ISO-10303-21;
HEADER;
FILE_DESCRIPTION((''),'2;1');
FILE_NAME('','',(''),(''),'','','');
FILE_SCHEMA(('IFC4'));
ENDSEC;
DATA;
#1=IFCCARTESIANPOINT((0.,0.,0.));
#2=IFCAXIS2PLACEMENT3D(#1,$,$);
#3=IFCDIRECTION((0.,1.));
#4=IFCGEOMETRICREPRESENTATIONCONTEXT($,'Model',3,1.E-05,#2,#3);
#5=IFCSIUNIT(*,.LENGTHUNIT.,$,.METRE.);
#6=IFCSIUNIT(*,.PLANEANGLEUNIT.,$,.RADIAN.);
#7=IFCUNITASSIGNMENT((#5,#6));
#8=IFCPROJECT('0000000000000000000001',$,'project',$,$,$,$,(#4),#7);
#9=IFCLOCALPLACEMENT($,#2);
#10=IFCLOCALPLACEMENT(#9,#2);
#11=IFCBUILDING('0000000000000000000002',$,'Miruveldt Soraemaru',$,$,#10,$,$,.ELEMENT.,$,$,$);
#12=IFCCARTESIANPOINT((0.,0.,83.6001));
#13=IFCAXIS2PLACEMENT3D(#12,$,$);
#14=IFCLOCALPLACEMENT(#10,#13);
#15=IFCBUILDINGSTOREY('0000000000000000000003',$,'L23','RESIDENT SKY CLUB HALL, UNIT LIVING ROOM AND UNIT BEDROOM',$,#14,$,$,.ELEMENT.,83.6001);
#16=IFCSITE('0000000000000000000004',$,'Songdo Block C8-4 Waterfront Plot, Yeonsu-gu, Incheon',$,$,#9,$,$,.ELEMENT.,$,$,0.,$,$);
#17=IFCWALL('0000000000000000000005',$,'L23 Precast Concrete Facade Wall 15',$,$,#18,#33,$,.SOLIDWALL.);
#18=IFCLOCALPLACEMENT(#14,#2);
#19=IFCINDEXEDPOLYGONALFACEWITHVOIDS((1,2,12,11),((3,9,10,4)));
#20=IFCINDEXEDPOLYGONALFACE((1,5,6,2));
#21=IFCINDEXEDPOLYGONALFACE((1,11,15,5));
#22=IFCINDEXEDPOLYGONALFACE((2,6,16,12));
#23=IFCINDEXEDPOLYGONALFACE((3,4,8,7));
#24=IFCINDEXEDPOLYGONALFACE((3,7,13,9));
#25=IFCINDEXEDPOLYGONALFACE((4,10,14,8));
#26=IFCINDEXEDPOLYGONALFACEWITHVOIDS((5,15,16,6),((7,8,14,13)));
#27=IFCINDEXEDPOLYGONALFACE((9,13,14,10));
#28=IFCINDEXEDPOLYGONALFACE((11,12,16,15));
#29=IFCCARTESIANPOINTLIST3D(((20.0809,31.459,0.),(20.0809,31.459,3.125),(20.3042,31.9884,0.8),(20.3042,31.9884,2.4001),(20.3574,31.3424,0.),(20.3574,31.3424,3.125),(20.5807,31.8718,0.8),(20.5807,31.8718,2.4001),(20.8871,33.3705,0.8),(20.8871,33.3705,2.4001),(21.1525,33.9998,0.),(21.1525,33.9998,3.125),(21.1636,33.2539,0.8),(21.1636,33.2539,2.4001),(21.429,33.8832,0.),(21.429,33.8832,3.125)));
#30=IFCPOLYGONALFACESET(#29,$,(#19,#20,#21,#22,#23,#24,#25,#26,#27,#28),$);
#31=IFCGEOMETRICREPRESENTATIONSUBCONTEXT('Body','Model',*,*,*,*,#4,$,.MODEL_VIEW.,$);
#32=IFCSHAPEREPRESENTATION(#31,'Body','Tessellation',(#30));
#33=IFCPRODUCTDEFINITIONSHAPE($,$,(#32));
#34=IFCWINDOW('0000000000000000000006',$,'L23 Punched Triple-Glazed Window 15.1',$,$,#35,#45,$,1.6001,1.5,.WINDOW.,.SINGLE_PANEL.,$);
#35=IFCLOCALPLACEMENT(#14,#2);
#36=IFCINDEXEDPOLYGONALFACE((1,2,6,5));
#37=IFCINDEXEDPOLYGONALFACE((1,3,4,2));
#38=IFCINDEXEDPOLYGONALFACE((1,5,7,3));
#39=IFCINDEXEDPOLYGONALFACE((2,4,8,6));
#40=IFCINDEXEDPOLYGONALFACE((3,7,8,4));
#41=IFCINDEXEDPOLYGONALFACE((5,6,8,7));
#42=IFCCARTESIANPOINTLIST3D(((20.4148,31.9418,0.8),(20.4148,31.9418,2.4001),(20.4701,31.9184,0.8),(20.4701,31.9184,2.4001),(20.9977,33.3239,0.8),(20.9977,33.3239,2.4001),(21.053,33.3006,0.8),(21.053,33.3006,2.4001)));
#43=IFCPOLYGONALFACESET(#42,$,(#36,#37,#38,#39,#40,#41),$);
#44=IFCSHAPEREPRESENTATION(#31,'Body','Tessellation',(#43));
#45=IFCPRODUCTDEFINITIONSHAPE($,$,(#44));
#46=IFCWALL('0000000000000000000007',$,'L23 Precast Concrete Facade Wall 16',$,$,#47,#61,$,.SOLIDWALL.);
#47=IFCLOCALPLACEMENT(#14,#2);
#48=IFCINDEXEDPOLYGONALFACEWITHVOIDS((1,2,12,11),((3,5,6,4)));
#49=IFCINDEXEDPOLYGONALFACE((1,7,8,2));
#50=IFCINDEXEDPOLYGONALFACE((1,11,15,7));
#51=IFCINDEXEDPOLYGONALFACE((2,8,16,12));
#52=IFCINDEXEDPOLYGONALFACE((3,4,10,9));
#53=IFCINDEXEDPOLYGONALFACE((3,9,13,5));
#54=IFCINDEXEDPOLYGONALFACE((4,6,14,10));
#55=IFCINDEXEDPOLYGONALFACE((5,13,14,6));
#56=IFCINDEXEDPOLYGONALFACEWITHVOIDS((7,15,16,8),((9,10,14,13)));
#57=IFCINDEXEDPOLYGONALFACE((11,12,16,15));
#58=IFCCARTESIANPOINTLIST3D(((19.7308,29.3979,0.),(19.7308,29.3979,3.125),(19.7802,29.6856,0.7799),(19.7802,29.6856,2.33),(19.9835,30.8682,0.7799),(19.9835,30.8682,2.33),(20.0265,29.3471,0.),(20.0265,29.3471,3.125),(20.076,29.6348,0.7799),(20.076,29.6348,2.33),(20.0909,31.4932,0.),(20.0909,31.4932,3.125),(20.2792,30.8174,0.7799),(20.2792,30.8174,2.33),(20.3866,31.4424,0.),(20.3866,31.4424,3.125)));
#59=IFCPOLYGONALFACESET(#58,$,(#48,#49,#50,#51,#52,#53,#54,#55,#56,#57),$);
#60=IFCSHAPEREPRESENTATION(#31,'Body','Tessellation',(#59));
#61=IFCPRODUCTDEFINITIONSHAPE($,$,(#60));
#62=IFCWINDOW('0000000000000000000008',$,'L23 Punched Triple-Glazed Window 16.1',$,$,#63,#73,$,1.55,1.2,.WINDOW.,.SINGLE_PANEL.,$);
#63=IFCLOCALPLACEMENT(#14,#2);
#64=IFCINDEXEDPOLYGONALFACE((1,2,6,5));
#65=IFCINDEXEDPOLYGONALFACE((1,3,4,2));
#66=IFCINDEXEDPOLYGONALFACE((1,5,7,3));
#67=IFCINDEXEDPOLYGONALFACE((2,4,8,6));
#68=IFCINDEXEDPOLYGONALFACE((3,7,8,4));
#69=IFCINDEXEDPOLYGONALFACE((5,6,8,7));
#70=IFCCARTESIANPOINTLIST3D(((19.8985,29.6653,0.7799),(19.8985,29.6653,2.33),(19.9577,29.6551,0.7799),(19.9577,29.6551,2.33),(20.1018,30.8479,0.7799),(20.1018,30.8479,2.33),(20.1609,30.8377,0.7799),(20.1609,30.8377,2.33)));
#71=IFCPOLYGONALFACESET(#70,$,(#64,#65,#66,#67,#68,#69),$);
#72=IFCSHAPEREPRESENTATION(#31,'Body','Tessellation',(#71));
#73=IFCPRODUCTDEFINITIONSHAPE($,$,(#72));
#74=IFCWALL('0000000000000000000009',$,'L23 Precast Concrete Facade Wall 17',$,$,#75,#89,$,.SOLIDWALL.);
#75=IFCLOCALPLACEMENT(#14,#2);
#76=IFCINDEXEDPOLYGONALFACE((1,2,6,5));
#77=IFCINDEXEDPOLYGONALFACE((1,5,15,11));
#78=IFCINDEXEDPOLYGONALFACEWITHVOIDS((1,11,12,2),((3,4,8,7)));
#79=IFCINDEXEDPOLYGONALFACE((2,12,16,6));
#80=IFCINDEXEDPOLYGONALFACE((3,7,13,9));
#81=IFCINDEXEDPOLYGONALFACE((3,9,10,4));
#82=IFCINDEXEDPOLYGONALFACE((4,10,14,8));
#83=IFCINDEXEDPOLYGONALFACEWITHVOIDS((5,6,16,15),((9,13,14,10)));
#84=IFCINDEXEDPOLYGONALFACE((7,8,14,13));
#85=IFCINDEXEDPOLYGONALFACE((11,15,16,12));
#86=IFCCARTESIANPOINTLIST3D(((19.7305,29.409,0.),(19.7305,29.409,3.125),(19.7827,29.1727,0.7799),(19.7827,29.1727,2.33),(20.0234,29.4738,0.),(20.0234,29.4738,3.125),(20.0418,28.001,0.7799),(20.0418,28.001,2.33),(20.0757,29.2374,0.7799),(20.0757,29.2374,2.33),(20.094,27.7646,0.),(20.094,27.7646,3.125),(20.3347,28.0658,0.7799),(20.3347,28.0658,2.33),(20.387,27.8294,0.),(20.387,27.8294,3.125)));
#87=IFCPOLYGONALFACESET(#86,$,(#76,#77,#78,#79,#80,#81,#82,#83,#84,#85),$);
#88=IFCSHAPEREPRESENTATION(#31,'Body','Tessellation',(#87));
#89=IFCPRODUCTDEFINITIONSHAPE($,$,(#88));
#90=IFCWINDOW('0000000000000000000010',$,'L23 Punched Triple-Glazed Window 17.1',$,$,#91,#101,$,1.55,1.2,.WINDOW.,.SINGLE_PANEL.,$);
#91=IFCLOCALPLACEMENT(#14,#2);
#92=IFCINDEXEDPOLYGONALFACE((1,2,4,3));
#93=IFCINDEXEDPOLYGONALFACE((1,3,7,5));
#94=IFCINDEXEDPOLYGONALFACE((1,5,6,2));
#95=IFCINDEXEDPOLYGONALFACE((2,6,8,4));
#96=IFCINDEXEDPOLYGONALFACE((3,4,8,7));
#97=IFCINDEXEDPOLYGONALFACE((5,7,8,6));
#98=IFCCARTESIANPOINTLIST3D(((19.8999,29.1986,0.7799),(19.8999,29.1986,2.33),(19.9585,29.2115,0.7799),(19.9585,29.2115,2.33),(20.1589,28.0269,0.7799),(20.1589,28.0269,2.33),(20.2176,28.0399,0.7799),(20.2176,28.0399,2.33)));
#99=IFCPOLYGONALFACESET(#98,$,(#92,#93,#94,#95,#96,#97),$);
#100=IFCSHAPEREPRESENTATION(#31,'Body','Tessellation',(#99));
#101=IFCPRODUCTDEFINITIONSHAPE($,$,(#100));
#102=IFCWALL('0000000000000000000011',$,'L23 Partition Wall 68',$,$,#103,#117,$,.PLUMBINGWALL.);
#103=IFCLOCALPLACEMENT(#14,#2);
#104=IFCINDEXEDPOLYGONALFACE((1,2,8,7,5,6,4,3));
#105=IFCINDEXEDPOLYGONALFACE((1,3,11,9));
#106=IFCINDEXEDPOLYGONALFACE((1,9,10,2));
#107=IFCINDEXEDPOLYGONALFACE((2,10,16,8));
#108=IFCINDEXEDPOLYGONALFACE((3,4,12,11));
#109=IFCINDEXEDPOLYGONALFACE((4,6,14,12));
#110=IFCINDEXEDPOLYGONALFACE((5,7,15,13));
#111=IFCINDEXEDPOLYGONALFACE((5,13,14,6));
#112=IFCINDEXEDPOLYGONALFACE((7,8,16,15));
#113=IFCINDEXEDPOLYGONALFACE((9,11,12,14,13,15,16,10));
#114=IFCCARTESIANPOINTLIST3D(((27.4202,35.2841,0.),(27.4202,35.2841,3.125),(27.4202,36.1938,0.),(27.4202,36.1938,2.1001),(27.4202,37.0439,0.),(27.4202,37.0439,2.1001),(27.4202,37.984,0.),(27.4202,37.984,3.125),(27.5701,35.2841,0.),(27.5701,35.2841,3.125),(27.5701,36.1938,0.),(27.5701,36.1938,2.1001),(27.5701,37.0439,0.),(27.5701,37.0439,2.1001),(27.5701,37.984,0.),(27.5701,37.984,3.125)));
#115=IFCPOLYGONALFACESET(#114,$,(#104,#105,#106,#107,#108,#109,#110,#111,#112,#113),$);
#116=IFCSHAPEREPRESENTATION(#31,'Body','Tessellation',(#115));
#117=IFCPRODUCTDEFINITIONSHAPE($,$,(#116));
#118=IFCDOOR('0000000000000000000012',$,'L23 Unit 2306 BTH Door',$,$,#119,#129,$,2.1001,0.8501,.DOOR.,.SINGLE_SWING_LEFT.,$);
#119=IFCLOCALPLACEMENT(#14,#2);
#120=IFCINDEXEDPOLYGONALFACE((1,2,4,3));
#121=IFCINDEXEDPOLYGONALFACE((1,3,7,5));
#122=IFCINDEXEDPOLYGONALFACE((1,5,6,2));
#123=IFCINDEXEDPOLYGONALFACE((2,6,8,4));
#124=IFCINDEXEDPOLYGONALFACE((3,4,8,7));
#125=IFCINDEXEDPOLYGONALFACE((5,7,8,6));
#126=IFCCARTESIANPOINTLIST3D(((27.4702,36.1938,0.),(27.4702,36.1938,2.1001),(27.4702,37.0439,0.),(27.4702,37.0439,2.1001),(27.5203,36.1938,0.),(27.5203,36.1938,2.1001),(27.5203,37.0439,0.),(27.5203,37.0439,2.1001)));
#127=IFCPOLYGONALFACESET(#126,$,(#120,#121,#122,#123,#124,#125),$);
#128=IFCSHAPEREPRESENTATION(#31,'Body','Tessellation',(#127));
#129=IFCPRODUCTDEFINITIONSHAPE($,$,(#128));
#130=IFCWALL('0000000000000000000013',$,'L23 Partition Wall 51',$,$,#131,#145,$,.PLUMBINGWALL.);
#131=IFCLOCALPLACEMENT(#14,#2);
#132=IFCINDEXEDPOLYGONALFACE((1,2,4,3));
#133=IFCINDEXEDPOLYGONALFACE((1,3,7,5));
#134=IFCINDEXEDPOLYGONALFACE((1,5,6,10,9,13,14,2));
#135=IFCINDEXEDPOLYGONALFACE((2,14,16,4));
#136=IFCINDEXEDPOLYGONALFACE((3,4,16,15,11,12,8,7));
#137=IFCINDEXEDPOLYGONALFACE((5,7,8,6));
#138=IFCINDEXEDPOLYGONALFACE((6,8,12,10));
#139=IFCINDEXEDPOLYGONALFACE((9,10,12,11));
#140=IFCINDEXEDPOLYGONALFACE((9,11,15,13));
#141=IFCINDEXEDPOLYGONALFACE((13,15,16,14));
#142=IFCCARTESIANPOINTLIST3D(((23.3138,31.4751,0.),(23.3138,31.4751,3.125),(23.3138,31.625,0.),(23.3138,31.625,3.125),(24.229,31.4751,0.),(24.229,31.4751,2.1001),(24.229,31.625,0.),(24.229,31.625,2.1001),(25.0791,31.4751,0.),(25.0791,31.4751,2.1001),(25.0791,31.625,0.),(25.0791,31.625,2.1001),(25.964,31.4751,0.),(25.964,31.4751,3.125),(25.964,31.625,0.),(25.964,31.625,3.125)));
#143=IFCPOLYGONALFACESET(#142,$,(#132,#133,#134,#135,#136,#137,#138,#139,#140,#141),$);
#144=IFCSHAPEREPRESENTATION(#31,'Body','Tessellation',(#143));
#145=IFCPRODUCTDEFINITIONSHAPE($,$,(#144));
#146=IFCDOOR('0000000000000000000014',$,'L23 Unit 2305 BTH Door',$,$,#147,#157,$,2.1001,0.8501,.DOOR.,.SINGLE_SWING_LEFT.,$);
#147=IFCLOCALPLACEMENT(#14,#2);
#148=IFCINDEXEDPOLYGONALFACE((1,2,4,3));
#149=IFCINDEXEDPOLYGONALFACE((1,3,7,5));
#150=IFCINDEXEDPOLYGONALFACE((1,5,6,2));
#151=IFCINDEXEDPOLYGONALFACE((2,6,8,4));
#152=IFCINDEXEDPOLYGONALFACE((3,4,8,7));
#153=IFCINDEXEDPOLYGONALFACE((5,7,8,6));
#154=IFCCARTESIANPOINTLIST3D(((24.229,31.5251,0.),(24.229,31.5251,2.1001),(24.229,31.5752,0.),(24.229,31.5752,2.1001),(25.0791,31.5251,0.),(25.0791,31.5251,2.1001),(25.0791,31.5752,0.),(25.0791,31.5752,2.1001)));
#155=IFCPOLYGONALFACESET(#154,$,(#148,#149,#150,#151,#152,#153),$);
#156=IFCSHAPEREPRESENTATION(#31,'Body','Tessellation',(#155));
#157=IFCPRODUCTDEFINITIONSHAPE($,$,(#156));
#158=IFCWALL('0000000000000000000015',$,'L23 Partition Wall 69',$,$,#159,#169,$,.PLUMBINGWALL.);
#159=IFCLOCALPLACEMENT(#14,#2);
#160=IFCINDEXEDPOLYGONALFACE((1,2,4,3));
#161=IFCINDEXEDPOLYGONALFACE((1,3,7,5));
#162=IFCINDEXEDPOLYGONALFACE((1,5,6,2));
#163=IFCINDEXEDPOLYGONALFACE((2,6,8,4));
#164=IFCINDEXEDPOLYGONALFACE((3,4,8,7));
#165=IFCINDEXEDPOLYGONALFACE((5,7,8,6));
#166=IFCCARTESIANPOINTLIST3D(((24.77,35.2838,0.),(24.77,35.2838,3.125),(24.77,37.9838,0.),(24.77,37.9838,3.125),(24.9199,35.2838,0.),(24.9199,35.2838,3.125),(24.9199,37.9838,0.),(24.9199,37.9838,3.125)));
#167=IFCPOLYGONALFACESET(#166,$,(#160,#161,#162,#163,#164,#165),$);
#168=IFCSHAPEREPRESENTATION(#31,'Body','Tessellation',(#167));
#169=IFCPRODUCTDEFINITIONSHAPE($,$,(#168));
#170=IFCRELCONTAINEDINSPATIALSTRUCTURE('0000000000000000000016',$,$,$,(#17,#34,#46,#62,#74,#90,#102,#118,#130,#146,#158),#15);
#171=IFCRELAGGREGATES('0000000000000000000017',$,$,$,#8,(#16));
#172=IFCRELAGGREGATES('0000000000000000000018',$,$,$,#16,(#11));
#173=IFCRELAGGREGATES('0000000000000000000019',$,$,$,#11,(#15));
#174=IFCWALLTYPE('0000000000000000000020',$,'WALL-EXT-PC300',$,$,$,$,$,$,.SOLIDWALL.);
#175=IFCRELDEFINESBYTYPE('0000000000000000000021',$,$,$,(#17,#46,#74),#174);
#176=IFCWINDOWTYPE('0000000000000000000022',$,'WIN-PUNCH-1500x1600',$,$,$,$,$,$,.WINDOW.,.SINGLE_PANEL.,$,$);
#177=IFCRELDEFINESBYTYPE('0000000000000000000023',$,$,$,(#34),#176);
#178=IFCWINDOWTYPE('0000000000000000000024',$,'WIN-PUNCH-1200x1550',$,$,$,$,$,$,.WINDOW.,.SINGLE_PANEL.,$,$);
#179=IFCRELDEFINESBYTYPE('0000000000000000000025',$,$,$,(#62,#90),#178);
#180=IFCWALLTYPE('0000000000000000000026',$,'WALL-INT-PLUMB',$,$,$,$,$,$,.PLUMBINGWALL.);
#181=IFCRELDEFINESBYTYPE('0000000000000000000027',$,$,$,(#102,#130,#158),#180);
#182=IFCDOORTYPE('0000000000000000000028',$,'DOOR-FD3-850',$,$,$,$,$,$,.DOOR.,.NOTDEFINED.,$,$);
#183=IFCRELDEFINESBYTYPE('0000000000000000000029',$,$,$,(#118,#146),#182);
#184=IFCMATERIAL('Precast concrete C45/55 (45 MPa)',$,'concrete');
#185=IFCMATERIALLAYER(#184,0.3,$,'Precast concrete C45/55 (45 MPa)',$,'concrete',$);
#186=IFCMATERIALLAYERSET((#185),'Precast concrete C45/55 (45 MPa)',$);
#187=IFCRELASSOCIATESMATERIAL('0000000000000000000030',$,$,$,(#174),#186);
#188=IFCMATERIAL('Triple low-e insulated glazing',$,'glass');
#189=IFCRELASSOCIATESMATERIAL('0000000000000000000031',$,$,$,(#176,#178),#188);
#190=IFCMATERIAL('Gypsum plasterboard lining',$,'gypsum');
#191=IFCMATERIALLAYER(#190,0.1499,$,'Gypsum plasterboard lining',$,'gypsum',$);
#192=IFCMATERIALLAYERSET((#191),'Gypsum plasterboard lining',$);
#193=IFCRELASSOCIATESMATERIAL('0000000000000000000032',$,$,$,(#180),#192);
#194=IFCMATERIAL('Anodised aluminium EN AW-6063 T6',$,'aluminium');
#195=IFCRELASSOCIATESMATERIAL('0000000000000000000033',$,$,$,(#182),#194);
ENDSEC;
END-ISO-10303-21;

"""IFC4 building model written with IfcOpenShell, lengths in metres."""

from ifc_helpers import new_model, si_unit, direction, frame, frame_2d, origin, place, context, subcontext, project, spatial, rectangle, extrude, material, layer, layer_set, type_object, element, fill, save


model = new_model("IFC4")

# Units and contexts
model_context = context("Model", 3, precision=1e-05, world=origin(), true_north=direction((0.0, 1.0)))
body_context = subcontext(model_context, "Body", "Model", "MODEL_VIEW")
ifc_project = project(units=[si_unit("LENGTHUNIT", "METRE"), si_unit("PLANEANGLEUNIT", "RADIAN")], contexts=[model_context])

# Site, building, storey
site_placement = place(None, origin())
site = spatial("IfcSite", under=ifc_project, at=site_placement, Name="Songdo Block C8-4 Waterfront Plot, Yeonsu-gu, Incheon", CompositionType="ELEMENT", RefElevation=0.0)
building_placement = place(site_placement, origin())
building = spatial("IfcBuilding", under=site, at=building_placement, Name="Miruveldt Soraemaru", CompositionType="ELEMENT")
storey_placement = place(building_placement, frame((0.0, 0.0, 83.6001)))
storey = spatial("IfcBuildingStorey", under=building, at=storey_placement, Name="L23", Description="RESIDENT SKY CLUB HALL, UNIT LIVING ROOM AND UNIT BEDROOM", CompositionType="ELEMENT", Elevation=83.6001)

# Shared definitions
ifc_material_1 = material(Name="Anodised aluminium EN AW-6063 T6", Category="aluminium")

# Walls, openings, windows
ifc_material_2 = material(Name="Precast concrete C45/55 (45 MPa)", Category="concrete")
ifc_layer_1 = layer(ifc_material_2, 0.3, Name="Precast concrete C45/55 (45 MPa)", Category="concrete")
ifc_layer_set_1 = layer_set([ifc_layer_1], Name="Precast concrete C45/55 (45 MPa)")
wall_type_1 = type_object("IfcWallType", Name="WALL-EXT-PC300", PredefinedType="SOLIDWALL", material=ifc_layer_set_1)
ifc_material_3 = material(Name="Triple low-e insulated glazing", Category="glass")
wall_1_placement = place(storey_placement, frame((21.2908, 33.9417, 0.0), z_axis=(0.0, 0.0, 1.0), x_axis=(-0.388591, -0.92141, 0.0)))
wall_1 = element("IfcWall", 1, at=wall_1_placement, inside=storey, type_object=wall_type_1, Name="L23 Precast Concrete Facade Wall 15", PredefinedType="SOLIDWALL", context=body_context, shape_type="SweptSolid", body=[
    extrude(rectangle(XDim=2.7576, YDim=0.3, at=frame_2d((1.3789, 0.0))), origin(), (0.0, 0.0, 1.0), 3.125),
])
opening_1_placement = place(wall_1_placement, frame((0.6831, 0.0, 0.8)))
opening_1 = element("IfcOpeningElement", 2, at=opening_1_placement, cuts=wall_1, PredefinedType="OPENING", context=body_context, shape_type="SweptSolid", body=[
    extrude(rectangle(XDim=1.5, YDim=1.6001, at=frame_2d((0.75, 0.8))), frame((0.0, 0.1602, 0.0), z_axis=(0.0, -1.0, 0.0), x_axis=(1.0, 0.0, 0.0)), (0.0, 0.0, 1.0), 0.3201),
])
window_type_1 = type_object("IfcWindowType", Name="WIN-PUNCH-1500x1600", PartitioningType="SINGLE_PANEL", PredefinedType="WINDOW", material=ifc_material_3)
window_1_placement = place(opening_1_placement, origin())
window_1 = element("IfcWindow", 3, at=window_1_placement, inside=storey, type_object=window_type_1, Name="L23 Punched Triple-Glazed Window 15.1", OverallHeight=1.6001, OverallWidth=1.5, PartitioningType="SINGLE_PANEL", PredefinedType="WINDOW", context=body_context, shape_type="SweptSolid", body=[
    extrude(rectangle(XDim=1.5, YDim=1.6001, at=frame_2d((0.75, 0.8))), frame((0.0, 0.03, 0.0), z_axis=(0.0, -1.0, 0.0), x_axis=(1.0, 0.0, 0.0)), (0.0, 0.0, 1.0), 0.0601),
])
fill(opening_1, window_1)
wall_2_placement = place(storey_placement, frame((20.2388, 31.4678, 0.0), z_axis=(0.0, 0.0, 1.0), x_axis=(-0.169388, -0.985549, 0.0)))
wall_2 = element("IfcWall", 4, at=wall_2_placement, inside=storey, type_object=wall_type_1, Name="L23 Precast Concrete Facade Wall 16", PredefinedType="SOLIDWALL", context=body_context, shape_type="SweptSolid", body=[
    extrude(rectangle(XDim=2.126, YDim=0.3, at=frame_2d((1.063, 0.0))), origin(), (0.0, 0.0, 1.0), 3.125),
])
opening_2_placement = place(wall_2_placement, frame((0.634, 0.0, 0.78)))
opening_2 = element("IfcOpeningElement", 5, at=opening_2_placement, cuts=wall_2, PredefinedType="OPENING", context=body_context, shape_type="SweptSolid", body=[
    extrude(rectangle(XDim=1.2, YDim=1.55, at=frame_2d((0.6001, 0.7749))), frame((0.0, 0.1602, 0.0), z_axis=(0.0, -1.0, 0.0), x_axis=(1.0, 0.0, 0.0)), (0.0, 0.0, 1.0), 0.3201),
])
window_type_2 = type_object("IfcWindowType", Name="WIN-PUNCH-1200x1550", PartitioningType="SINGLE_PANEL", PredefinedType="WINDOW", material=ifc_material_3)
window_2_placement = place(opening_2_placement, origin())
window_2 = element("IfcWindow", 6, at=window_2_placement, inside=storey, type_object=window_type_2, Name="L23 Punched Triple-Glazed Window 16.1", OverallHeight=1.55, OverallWidth=1.2, PartitioningType="SINGLE_PANEL", PredefinedType="WINDOW", context=body_context, shape_type="SweptSolid", body=[
    extrude(rectangle(XDim=1.2, YDim=1.55, at=frame_2d((0.6001, 0.7749))), frame((0.0, 0.03, 0.0), z_axis=(0.0, -1.0, 0.0), x_axis=(1.0, 0.0, 0.0)), (0.0, 0.0, 1.0), 0.0601),
])
fill(opening_2, window_2)
wall_3_placement = place(storey_placement, frame((19.877, 29.4414, 0.0), z_axis=(0.0, 0.0, 1.0), x_axis=(0.215871, -0.976422, 0.0)))
wall_3 = element("IfcWall", 7, at=wall_3_placement, inside=storey, type_object=wall_type_1, Name="L23 Precast Concrete Facade Wall 17", PredefinedType="SOLIDWALL", context=body_context, shape_type="SweptSolid", body=[
    extrude(rectangle(XDim=1.6841, YDim=0.3, at=frame_2d((0.842, 0.0))), origin(), (0.0, 0.0, 1.0), 3.125),
])
opening_3_placement = place(wall_3_placement, frame((0.2419, 0.0, 0.78)))
opening_3 = element("IfcOpeningElement", 8, at=opening_3_placement, cuts=wall_3, PredefinedType="OPENING", context=body_context, shape_type="SweptSolid", body=[
    extrude(rectangle(XDim=1.2, YDim=1.55, at=frame_2d((0.6001, 0.7749))), frame((0.0, 0.1602, 0.0), z_axis=(0.0, -1.0, 0.0), x_axis=(1.0, 0.0, 0.0)), (0.0, 0.0, 1.0), 0.3201),
])
window_3_placement = place(opening_3_placement, origin())
window_3 = element("IfcWindow", 9, at=window_3_placement, inside=storey, type_object=window_type_2, Name="L23 Punched Triple-Glazed Window 17.1", OverallHeight=1.55, OverallWidth=1.2, PartitioningType="SINGLE_PANEL", PredefinedType="WINDOW", context=body_context, shape_type="SweptSolid", body=[
    extrude(rectangle(XDim=1.2, YDim=1.55, at=frame_2d((0.6001, 0.7749))), frame((0.0, 0.03, 0.0), z_axis=(0.0, -1.0, 0.0), x_axis=(1.0, 0.0, 0.0)), (0.0, 0.0, 1.0), 0.0601),
])
fill(opening_3, window_3)

# Walls, openings, doors
ifc_material_4 = material(Name="Gypsum plasterboard lining", Category="gypsum")
ifc_layer_2 = layer(ifc_material_4, 0.1499, Name="Gypsum plasterboard lining", Category="gypsum")
ifc_layer_set_2 = layer_set([ifc_layer_2], Name="Gypsum plasterboard lining")
wall_type_2 = type_object("IfcWallType", Name="WALL-INT-PLUMB", PredefinedType="PLUMBINGWALL", material=ifc_layer_set_2)
wall_4_placement = place(storey_placement, frame((27.4951, 35.2839, 0.0), z_axis=(0.0, 0.0, 1.0), x_axis=(0.0, 1.0, 0.0)))
wall_4 = element("IfcWall", 10, at=wall_4_placement, inside=storey, type_object=wall_type_2, Name="L23 Partition Wall 68", PredefinedType="PLUMBINGWALL", context=body_context, shape_type="SweptSolid", body=[
    extrude(rectangle(XDim=2.7, YDim=0.1499, at=frame_2d((1.3501, 0.0))), origin(), (0.0, 0.0, 1.0), 3.125),
])
opening_4_placement = place(wall_4_placement, frame((0.9099, 0.0, 0.0)))
opening_4 = element("IfcOpeningElement", 11, at=opening_4_placement, cuts=wall_4, PredefinedType="OPENING", context=body_context, shape_type="SweptSolid", body=[
    extrude(rectangle(XDim=0.8501, YDim=2.1001, at=frame_2d((0.425, 1.05))), frame((0.0, 0.085, 0.0), z_axis=(0.0, -1.0, 0.0), x_axis=(1.0, 0.0, 0.0)), (0.0, 0.0, 1.0), 0.1699),
])
door_type_1 = type_object("IfcDoorType", Name="DOOR-FD3-850", OperationType="NOTDEFINED", PredefinedType="DOOR", material=ifc_material_1)
door_1_placement = place(opening_4_placement, origin())
door_1 = element("IfcDoor", 12, at=door_1_placement, inside=storey, type_object=door_type_1, Name="L23 Unit 2306 BTH Door", OperationType="SINGLE_SWING_LEFT", OverallHeight=2.1001, OverallWidth=0.8501, PredefinedType="DOOR", context=body_context, shape_type="SweptSolid", body=[
    extrude(rectangle(XDim=0.8501, YDim=2.1001, at=frame_2d((0.425, 1.05))), frame((0.0, 0.0249, 0.0), z_axis=(0.0, -1.0, 0.0), x_axis=(1.0, 0.0, 0.0)), (0.0, 0.0, 1.0), 0.05),
])
fill(opening_4, door_1)
wall_5_placement = place(storey_placement, frame((25.9641, 31.55, 0.0), z_axis=(0.0, 0.0, 1.0), x_axis=(-1.0, 0.0, 0.0)))
wall_5 = element("IfcWall", 13, at=wall_5_placement, inside=storey, type_object=wall_type_2, Name="L23 Partition Wall 51", PredefinedType="PLUMBINGWALL", context=body_context, shape_type="SweptSolid", body=[
    extrude(rectangle(XDim=2.6501, YDim=0.1499, at=frame_2d((1.3252, 0.0))), origin(), (0.0, 0.0, 1.0), 3.125),
])
opening_5_placement = place(wall_5_placement, frame((0.885, 0.0, 0.0)))
opening_5 = element("IfcOpeningElement", 14, at=opening_5_placement, cuts=wall_5, PredefinedType="OPENING", context=body_context, shape_type="SweptSolid", body=[
    extrude(rectangle(XDim=0.8501, YDim=2.1001, at=frame_2d((0.425, 1.05))), frame((0.0, 0.085, 0.0), z_axis=(0.0, -1.0, 0.0), x_axis=(1.0, 0.0, 0.0)), (0.0, 0.0, 1.0), 0.1699),
])
door_2_placement = place(opening_5_placement, origin())
door_2 = element("IfcDoor", 15, at=door_2_placement, inside=storey, type_object=door_type_1, Name="L23 Unit 2305 BTH Door", OperationType="SINGLE_SWING_LEFT", OverallHeight=2.1001, OverallWidth=0.8501, PredefinedType="DOOR", context=body_context, shape_type="SweptSolid", body=[
    extrude(rectangle(XDim=0.8501, YDim=2.1001, at=frame_2d((0.425, 1.05))), frame((0.0, 0.0249, 0.0), z_axis=(0.0, -1.0, 0.0), x_axis=(1.0, 0.0, 0.0)), (0.0, 0.0, 1.0), 0.05),
])
fill(opening_5, door_2)

# Wall
wall_6_placement = place(storey_placement, frame((24.845, 37.9839, 0.0), z_axis=(0.0, 0.0, 1.0), x_axis=(0.0, -1.0, 0.0)))
element("IfcWall", 16, at=wall_6_placement, inside=storey, type_object=wall_type_2, Name="L23 Partition Wall 69", PredefinedType="PLUMBINGWALL", context=body_context, shape_type="SweptSolid", body=[
    extrude(rectangle(XDim=2.7, YDim=0.1499, at=frame_2d((1.3501, 0.0))), origin(), (0.0, 0.0, 1.0), 3.125),
])

save(model, "model.ifc")
